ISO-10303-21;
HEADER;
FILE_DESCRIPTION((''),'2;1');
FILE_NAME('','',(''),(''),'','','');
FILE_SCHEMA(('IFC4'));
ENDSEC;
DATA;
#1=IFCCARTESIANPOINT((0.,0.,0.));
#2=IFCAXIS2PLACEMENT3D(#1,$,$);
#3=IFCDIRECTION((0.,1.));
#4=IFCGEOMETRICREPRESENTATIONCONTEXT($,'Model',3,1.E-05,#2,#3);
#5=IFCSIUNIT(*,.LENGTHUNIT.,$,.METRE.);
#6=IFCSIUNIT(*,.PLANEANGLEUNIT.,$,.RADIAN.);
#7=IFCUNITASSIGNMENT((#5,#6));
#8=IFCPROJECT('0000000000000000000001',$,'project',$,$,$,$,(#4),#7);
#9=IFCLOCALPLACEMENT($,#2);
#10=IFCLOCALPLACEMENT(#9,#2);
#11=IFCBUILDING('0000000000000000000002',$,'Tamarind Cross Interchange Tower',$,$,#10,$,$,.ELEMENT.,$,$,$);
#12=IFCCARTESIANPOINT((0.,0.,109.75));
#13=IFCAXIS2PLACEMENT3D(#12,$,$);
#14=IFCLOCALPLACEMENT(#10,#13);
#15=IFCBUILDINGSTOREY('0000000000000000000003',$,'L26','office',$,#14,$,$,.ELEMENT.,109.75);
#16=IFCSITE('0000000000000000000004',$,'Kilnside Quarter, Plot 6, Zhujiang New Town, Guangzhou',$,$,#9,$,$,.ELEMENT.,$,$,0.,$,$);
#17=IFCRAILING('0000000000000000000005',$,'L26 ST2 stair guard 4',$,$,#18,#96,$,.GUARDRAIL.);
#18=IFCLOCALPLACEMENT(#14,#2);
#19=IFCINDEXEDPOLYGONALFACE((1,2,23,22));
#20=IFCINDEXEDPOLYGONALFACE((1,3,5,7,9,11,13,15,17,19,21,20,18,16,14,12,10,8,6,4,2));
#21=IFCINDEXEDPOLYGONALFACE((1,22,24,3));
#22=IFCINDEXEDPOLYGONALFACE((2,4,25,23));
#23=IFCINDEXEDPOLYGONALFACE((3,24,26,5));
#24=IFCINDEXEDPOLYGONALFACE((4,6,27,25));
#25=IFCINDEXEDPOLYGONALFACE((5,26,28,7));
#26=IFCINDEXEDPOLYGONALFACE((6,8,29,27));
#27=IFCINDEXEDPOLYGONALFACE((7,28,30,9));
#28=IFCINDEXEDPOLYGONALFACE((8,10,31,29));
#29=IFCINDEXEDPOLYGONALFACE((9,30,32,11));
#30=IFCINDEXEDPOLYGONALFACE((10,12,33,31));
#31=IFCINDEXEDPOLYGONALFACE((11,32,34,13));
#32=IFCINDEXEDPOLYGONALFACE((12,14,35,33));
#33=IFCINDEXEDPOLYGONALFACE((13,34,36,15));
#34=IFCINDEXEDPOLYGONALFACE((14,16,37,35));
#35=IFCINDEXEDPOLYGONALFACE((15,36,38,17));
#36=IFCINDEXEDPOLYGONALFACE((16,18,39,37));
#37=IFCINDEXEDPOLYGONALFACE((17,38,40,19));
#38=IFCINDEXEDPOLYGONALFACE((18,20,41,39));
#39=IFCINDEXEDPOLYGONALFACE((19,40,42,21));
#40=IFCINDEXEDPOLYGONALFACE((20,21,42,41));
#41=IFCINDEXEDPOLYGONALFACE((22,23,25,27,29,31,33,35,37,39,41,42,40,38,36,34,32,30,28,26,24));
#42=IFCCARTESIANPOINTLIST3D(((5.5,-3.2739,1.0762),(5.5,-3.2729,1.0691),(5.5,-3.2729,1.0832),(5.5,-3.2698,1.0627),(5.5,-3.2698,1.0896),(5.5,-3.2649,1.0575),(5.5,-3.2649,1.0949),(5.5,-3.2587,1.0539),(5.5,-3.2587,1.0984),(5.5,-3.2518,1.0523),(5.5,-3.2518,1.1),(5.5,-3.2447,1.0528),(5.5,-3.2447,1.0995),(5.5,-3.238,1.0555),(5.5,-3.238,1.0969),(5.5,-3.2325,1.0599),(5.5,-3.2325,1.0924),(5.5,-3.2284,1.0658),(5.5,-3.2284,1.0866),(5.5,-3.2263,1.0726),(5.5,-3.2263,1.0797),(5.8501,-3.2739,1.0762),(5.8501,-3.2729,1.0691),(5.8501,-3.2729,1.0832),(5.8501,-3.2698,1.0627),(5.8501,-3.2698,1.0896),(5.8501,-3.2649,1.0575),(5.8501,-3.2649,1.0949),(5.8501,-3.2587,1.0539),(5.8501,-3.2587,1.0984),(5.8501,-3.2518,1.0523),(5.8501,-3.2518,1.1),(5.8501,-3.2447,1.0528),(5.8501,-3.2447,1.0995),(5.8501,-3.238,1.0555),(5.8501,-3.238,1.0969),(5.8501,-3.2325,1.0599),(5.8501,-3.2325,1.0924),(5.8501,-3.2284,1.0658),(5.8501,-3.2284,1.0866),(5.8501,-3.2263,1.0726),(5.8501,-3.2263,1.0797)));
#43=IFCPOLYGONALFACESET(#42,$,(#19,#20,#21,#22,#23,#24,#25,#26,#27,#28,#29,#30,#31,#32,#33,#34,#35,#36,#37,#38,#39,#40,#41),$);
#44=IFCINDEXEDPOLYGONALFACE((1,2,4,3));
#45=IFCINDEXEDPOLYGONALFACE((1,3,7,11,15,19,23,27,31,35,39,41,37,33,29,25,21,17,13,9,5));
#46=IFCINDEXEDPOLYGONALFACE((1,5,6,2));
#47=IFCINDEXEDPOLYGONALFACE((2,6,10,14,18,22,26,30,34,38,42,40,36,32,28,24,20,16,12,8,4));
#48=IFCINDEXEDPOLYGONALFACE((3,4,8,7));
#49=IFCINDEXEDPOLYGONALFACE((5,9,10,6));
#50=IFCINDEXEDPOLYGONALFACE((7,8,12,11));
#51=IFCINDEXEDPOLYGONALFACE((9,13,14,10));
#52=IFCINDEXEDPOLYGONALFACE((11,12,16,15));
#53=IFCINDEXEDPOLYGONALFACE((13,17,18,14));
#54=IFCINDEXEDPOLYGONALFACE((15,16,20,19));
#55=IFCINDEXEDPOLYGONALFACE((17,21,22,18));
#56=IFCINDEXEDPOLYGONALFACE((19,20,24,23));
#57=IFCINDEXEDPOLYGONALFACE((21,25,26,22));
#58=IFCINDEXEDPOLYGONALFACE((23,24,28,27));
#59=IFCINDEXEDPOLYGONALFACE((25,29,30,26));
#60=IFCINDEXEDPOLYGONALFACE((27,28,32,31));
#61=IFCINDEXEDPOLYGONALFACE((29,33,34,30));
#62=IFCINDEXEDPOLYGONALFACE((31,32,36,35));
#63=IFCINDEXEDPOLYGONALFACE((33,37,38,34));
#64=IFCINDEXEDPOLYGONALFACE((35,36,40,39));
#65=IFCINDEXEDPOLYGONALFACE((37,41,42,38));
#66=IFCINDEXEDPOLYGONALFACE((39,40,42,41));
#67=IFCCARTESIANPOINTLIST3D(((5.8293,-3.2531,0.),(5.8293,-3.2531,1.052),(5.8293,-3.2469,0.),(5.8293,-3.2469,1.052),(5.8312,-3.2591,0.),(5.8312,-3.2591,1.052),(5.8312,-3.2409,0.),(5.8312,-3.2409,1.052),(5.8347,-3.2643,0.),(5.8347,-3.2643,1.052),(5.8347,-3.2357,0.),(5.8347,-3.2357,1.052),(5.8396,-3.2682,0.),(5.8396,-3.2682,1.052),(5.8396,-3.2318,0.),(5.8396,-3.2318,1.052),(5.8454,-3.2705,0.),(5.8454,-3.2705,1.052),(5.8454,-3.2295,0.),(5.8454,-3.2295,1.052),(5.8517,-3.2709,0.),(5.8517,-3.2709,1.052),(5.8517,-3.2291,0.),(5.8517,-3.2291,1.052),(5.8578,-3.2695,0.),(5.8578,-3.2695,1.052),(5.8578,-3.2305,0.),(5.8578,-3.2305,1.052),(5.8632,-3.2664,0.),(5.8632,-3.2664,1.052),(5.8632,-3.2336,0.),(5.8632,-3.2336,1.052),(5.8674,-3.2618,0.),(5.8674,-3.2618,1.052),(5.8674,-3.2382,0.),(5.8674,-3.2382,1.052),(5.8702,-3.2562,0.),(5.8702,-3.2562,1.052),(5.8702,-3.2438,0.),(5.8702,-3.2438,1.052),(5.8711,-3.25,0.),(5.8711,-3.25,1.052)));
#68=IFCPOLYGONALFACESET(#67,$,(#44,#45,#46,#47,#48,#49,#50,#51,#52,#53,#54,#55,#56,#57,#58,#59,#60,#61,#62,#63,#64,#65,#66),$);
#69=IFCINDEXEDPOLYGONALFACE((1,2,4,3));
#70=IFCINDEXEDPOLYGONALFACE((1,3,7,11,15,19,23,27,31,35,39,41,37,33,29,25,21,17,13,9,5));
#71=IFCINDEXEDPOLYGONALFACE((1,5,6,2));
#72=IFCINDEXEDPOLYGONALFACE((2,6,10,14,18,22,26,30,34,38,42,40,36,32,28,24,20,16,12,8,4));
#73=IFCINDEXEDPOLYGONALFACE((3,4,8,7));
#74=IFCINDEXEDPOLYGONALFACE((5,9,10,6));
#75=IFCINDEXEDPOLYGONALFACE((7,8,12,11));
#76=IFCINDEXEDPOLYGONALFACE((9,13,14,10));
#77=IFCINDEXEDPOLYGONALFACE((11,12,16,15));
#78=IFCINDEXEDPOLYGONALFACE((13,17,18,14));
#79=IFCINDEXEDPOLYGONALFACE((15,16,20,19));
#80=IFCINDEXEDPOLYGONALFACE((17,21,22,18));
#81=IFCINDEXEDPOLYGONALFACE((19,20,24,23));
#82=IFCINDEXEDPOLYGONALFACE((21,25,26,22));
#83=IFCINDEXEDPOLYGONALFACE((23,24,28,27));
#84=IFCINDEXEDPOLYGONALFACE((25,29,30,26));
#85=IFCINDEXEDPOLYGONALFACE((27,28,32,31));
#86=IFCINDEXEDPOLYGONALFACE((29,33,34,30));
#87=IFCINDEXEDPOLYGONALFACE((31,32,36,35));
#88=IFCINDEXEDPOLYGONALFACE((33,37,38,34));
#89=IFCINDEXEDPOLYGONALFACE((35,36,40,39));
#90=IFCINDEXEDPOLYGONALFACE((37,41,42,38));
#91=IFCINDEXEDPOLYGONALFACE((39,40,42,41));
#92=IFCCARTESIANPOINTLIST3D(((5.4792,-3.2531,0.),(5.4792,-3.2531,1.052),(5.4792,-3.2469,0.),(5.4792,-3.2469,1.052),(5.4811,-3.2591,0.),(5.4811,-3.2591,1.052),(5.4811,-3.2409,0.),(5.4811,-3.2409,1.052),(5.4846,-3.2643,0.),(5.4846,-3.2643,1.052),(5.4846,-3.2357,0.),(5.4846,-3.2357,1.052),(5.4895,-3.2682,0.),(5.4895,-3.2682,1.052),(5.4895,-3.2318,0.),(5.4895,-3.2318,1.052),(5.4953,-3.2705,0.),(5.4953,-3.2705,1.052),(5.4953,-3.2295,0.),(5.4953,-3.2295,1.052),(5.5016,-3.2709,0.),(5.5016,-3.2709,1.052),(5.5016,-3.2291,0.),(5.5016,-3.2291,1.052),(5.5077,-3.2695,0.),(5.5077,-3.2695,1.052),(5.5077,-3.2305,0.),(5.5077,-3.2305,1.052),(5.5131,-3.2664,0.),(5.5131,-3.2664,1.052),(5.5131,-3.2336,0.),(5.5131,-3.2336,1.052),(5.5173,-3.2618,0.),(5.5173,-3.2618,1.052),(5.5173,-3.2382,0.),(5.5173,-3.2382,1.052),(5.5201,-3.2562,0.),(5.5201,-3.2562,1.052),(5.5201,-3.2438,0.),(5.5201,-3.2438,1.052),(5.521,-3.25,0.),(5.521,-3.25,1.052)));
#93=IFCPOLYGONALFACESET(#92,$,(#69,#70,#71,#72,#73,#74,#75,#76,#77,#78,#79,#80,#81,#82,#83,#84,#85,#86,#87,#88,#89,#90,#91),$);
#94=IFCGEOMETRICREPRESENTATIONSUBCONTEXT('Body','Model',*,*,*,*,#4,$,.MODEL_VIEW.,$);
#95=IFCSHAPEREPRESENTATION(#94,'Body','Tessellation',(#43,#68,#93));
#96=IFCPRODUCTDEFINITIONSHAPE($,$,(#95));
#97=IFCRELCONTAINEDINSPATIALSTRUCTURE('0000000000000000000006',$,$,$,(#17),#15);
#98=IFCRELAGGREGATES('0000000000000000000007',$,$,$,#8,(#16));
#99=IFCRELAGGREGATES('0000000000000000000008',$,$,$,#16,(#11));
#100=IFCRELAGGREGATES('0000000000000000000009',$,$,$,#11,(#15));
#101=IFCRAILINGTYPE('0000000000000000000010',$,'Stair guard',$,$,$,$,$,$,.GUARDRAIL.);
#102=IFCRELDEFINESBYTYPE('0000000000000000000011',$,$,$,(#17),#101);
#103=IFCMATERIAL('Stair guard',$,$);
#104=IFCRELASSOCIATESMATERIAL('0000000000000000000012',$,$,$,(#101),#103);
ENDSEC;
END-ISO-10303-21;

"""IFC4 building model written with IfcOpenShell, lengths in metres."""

from ifc_helpers import new_model, si_unit, direction, frame, origin, origin_2d, place, context, subcontext, project, spatial, circle, extrude, material, type_object, element, save


model = new_model("IFC4")

# Units and contexts
model_context = context("Model", 3, precision=1e-05, world=origin(), true_north=direction((0.0, 1.0)))
body_context = subcontext(model_context, "Body", "Model", "MODEL_VIEW")
ifc_project = project(units=[si_unit("LENGTHUNIT", "METRE"), si_unit("PLANEANGLEUNIT", "RADIAN")], contexts=[model_context])

# Site, building, storey
site_placement = place(None, origin())
site = spatial("IfcSite", under=ifc_project, at=site_placement, Name="Kilnside Quarter, Plot 6, Zhujiang New Town, Guangzhou", CompositionType="ELEMENT", RefElevation=0.0)
building_placement = place(site_placement, origin())
building = spatial("IfcBuilding", under=site, at=building_placement, Name="Tamarind Cross Interchange Tower", CompositionType="ELEMENT")
storey_placement = place(building_placement, frame((0.0, 0.0, 109.75)))
storey = spatial("IfcBuildingStorey", under=building, at=storey_placement, Name="L26", Description="office", CompositionType="ELEMENT", Elevation=109.75)

# Railing
ifc_material_1 = material(Name="Stair guard")
railing_type_1 = type_object("IfcRailingType", Name="Stair guard", PredefinedType="GUARDRAIL", material=ifc_material_1)
railing_1_placement = place(storey_placement, frame((5.8501, -3.25, 0.0)))
element("IfcRailing", 1, at=railing_1_placement, inside=storey, type_object=railing_type_1, Name="L26 ST2 stair guard 4", PredefinedType="GUARDRAIL", context=body_context, shape_type="SweptSolid", body=[
    extrude(circle(Radius=0.0239, at=origin_2d()), frame((0.0, 0.0, 1.0762), z_axis=(-1.0, 0.0, 0.0), x_axis=(0.0, -1.0, 0.0)), (0.0, 0.0, 1.0), 0.3501),
    extrude(circle(Radius=0.021, at=origin_2d()), origin(), (0.0, 0.0, 1.0), 1.052),
    extrude(circle(Radius=0.021, at=origin_2d()), frame((-0.3501, 0.0, 0.0)), (0.0, 0.0, 1.0), 1.052),
])

save(model, "model.ifc")
